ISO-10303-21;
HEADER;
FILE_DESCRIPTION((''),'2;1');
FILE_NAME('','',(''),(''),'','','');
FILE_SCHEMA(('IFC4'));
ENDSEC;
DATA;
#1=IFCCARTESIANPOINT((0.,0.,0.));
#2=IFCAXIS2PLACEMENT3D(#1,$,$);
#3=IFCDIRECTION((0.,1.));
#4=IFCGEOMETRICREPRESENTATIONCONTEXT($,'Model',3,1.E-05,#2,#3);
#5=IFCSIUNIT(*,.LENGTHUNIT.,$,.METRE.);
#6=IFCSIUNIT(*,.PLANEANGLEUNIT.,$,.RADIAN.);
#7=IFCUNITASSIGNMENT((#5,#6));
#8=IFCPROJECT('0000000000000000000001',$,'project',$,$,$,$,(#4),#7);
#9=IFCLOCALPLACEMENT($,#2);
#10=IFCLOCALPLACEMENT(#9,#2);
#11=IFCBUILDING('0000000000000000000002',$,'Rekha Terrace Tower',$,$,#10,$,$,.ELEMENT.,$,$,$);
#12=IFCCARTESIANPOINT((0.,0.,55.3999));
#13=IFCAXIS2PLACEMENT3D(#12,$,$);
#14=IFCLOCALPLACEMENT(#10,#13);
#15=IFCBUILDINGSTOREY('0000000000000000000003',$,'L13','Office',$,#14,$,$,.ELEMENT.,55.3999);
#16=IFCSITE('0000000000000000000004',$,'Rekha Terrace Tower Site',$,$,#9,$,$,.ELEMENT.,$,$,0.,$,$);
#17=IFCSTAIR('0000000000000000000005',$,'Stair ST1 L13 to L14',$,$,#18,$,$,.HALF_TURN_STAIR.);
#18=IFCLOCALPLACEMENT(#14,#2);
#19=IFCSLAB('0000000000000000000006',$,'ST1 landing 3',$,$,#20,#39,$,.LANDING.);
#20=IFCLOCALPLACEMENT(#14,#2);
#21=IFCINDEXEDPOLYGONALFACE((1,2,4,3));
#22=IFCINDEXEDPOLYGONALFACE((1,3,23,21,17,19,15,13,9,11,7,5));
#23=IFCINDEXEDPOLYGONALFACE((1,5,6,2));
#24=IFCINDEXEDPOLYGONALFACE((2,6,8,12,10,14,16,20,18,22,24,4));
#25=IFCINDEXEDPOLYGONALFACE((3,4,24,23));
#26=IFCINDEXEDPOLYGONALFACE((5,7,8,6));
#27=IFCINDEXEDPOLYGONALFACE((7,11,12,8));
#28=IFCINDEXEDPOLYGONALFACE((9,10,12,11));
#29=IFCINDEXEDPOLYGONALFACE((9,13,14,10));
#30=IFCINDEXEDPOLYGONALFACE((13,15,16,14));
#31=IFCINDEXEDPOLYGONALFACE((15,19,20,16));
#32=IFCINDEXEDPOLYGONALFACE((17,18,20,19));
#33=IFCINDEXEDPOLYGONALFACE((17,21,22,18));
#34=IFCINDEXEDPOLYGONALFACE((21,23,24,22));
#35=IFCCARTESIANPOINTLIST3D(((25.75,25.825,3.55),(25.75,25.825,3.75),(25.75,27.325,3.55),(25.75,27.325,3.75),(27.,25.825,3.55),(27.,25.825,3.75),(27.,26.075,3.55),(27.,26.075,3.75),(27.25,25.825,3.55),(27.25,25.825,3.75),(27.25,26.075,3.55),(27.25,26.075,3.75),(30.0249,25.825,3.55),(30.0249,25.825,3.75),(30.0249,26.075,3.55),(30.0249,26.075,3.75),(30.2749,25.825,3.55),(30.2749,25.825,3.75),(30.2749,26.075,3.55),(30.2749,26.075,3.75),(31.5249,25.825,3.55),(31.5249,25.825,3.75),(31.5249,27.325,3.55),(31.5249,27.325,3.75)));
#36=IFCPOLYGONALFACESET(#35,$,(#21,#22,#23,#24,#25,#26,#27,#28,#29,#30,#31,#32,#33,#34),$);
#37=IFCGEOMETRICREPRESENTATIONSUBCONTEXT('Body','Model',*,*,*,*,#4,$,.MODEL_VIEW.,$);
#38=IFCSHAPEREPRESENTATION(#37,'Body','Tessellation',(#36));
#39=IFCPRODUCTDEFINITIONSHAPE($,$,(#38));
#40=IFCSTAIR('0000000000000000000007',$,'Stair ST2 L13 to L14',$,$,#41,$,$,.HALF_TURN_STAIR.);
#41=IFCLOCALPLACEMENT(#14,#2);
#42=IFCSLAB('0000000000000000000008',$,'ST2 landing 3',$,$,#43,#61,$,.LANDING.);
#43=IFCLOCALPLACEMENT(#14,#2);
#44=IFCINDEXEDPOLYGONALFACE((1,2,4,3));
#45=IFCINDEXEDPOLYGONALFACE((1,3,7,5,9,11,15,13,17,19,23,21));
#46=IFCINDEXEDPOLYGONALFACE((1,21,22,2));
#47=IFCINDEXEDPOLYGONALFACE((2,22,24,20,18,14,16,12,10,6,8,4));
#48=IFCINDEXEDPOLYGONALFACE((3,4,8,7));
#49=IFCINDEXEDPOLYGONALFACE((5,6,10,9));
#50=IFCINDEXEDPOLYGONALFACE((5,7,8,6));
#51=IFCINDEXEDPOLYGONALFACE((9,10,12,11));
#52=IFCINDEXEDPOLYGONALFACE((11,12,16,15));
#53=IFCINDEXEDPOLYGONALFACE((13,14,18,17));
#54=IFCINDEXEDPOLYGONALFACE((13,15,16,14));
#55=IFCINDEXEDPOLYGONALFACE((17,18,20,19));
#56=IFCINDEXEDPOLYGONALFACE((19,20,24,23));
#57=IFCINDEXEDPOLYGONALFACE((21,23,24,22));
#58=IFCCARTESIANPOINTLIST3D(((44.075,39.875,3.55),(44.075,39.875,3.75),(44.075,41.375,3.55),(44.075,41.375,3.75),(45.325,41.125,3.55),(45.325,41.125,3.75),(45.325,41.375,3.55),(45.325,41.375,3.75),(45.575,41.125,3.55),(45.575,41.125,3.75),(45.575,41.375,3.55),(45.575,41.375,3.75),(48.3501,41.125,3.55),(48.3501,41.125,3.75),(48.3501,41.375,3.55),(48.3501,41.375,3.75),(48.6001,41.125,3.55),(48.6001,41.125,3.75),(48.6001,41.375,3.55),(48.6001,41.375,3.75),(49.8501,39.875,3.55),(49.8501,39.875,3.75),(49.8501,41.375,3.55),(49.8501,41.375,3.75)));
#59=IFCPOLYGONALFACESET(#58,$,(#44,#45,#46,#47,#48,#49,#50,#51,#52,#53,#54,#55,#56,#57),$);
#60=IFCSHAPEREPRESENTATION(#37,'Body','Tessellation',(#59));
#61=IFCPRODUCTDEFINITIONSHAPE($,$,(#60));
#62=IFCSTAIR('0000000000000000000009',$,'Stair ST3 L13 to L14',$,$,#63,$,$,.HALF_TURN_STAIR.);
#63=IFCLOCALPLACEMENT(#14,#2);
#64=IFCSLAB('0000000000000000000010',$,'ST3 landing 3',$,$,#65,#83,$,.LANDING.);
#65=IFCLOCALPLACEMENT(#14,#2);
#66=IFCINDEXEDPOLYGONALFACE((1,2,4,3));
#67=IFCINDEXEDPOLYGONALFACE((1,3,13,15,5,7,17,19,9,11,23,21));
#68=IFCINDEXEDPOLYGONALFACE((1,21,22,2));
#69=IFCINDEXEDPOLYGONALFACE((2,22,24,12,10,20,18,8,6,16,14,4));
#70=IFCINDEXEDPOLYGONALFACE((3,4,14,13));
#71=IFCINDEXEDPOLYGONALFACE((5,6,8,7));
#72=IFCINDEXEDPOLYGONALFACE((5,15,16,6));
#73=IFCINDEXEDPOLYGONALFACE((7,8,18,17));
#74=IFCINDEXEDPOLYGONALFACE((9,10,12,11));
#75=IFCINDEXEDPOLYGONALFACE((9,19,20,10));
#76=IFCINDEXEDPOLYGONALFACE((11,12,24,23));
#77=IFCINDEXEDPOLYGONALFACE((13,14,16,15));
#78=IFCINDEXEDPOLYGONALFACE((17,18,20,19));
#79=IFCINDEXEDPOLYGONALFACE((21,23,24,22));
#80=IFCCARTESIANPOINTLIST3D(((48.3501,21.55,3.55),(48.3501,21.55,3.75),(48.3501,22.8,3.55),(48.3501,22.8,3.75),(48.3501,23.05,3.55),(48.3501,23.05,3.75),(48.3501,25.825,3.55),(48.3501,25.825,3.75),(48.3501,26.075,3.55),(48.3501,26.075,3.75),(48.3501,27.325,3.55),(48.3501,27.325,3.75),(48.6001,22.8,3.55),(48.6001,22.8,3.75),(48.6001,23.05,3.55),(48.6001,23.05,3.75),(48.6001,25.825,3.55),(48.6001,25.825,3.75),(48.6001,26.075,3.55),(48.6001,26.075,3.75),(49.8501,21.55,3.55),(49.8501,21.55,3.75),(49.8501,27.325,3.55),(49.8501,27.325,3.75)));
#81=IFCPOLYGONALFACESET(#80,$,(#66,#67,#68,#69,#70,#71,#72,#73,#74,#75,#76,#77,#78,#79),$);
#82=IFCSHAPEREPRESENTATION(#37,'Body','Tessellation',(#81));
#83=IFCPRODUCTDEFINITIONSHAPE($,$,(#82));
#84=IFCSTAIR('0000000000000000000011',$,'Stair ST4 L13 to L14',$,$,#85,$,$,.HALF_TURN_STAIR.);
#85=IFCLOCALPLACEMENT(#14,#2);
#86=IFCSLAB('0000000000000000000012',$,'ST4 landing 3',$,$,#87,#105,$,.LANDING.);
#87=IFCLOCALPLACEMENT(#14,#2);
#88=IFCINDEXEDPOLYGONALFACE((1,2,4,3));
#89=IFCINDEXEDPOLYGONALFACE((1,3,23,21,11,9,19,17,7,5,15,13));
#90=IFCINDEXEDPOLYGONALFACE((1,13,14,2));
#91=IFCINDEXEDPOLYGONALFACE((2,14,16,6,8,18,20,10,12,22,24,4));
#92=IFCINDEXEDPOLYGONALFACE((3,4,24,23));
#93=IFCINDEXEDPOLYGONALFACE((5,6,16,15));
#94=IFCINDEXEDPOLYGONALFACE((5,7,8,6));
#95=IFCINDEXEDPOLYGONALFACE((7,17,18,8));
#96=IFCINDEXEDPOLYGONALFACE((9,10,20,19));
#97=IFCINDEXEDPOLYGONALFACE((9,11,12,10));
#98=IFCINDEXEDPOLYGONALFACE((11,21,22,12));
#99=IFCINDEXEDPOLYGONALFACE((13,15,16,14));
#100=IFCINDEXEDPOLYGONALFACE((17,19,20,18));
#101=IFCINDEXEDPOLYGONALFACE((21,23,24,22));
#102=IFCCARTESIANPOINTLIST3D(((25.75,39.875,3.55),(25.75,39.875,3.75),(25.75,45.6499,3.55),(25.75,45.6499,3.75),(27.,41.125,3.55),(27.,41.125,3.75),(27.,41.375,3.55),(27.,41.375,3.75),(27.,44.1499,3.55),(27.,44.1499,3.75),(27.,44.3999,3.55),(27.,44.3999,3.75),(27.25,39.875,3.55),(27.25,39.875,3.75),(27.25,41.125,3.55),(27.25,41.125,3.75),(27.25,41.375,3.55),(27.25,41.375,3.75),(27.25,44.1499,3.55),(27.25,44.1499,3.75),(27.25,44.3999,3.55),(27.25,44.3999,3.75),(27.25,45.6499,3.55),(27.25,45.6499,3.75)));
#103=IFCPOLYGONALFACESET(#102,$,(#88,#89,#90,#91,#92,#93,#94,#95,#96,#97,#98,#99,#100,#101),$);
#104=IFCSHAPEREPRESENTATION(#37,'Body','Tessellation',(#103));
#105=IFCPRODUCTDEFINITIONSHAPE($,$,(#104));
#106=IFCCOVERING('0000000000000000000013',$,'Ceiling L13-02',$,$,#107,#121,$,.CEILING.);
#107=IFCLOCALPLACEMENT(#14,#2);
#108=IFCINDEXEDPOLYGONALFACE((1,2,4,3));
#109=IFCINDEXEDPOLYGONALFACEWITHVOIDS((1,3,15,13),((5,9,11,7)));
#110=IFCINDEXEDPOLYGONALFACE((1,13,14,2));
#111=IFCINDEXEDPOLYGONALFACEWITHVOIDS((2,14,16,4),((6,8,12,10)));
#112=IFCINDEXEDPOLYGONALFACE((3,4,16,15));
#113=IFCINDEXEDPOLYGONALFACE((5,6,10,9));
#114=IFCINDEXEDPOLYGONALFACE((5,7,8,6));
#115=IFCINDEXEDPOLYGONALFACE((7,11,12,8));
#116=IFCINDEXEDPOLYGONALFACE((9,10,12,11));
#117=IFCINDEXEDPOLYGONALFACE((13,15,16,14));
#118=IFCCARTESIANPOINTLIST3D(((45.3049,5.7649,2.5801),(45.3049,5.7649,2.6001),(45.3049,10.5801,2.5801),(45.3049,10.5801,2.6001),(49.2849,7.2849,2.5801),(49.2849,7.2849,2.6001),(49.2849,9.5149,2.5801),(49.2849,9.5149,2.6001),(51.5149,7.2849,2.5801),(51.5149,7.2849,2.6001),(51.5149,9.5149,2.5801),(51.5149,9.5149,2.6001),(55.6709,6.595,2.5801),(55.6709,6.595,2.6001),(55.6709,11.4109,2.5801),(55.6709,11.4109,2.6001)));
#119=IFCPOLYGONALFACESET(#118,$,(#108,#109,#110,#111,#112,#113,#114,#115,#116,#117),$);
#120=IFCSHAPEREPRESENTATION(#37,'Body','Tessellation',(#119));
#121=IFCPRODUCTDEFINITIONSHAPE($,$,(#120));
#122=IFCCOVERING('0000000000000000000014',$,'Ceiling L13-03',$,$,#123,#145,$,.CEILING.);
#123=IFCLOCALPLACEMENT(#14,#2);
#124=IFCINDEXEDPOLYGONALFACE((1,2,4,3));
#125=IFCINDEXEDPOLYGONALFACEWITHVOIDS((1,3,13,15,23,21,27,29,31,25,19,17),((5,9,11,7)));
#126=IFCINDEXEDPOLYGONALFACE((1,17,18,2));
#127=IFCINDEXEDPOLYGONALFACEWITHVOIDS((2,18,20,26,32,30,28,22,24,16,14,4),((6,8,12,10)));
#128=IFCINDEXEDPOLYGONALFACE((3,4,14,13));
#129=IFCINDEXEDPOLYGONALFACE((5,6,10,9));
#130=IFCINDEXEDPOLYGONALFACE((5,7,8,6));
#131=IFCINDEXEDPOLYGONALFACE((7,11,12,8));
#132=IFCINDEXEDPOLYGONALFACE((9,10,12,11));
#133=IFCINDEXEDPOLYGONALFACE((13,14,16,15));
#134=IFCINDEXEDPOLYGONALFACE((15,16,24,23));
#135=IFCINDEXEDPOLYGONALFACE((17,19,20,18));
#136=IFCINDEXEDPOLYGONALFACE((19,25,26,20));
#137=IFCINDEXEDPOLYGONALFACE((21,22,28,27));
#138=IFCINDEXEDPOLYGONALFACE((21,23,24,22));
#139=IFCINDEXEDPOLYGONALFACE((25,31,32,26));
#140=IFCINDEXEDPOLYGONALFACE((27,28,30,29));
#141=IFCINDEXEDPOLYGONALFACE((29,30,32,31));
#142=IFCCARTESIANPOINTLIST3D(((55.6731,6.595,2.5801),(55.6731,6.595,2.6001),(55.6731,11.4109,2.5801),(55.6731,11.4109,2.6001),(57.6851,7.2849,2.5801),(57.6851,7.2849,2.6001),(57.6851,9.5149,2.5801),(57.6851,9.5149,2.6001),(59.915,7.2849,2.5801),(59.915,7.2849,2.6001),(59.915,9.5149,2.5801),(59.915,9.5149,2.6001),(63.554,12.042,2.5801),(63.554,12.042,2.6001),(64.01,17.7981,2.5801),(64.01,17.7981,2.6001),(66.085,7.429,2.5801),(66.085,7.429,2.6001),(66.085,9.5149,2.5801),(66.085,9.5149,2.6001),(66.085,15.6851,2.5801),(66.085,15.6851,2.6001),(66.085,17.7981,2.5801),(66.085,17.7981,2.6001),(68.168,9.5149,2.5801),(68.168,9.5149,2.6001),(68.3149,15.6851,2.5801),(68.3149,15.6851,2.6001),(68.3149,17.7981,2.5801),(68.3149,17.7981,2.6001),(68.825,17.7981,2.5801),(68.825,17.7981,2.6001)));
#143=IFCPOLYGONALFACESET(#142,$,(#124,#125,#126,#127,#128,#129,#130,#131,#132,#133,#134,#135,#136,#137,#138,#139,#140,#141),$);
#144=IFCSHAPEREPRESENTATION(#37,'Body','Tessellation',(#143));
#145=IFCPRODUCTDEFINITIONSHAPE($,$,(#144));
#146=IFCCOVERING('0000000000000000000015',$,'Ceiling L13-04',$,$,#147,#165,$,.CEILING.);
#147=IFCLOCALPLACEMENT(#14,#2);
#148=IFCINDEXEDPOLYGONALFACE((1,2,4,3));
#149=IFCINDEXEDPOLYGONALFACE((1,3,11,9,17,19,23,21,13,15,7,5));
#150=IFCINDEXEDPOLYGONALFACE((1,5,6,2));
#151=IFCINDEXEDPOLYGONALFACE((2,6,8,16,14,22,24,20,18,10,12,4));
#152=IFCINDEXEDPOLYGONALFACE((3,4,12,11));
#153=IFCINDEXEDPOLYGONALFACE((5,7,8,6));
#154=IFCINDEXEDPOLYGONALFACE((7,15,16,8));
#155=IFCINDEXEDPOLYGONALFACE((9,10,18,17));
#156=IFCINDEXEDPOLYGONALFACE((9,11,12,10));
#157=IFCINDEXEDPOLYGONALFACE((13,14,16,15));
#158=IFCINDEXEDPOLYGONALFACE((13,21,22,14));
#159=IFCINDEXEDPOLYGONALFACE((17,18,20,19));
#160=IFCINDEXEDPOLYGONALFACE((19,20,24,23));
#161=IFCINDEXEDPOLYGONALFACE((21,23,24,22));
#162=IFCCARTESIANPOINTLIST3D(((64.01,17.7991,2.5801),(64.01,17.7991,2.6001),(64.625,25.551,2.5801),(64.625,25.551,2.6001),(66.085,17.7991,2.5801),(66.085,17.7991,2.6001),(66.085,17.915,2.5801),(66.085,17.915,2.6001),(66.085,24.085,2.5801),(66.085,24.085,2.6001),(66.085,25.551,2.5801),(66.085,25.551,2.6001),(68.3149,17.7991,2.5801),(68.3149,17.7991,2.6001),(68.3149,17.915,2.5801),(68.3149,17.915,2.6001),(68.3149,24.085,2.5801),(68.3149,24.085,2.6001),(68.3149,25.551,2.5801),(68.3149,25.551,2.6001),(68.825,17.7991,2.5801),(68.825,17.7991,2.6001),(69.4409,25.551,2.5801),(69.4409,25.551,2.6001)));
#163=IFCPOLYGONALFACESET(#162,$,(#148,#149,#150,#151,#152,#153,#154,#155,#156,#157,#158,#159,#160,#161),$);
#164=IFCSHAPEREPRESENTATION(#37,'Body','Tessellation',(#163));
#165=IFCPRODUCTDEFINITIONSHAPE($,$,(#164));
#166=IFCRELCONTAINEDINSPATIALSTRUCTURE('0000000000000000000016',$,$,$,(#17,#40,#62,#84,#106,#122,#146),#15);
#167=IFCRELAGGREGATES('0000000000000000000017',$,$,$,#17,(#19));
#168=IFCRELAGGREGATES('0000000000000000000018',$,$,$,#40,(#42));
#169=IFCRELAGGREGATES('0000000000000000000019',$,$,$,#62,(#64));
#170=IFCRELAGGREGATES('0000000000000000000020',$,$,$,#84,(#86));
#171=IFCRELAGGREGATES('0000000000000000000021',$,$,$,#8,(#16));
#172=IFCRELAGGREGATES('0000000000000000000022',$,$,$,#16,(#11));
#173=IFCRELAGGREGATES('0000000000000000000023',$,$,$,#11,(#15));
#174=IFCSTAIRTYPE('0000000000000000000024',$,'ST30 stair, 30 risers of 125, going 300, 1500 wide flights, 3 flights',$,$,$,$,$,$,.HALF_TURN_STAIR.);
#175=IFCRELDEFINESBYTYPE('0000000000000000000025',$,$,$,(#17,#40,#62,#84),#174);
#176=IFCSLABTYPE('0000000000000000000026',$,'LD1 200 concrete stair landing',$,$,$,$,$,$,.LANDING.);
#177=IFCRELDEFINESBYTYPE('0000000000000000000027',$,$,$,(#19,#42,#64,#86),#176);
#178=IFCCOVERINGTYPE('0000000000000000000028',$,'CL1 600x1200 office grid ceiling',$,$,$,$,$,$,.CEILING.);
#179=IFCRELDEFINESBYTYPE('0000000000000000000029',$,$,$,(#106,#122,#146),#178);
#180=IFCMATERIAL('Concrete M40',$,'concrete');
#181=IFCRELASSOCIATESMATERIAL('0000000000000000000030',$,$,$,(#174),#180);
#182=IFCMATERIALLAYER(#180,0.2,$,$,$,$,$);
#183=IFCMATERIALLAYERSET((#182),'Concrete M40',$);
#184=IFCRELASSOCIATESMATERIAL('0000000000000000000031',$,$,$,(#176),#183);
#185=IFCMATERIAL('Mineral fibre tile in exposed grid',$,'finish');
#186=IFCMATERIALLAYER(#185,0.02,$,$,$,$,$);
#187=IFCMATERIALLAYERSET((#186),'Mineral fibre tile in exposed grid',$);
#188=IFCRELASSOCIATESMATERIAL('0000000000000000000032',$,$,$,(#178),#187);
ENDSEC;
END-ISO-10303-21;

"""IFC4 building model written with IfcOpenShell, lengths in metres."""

from ifc_helpers import new_model, si_unit, direction, frame, origin, place, context, subcontext, project, spatial, polyline, outline, extrude, material, layer, layer_set, type_object, element, aggregate, save


model = new_model("IFC4")

# Units and contexts
model_context = context("Model", 3, precision=1e-05, world=origin(), true_north=direction((0.0, 1.0)))
body_context = subcontext(model_context, "Body", "Model", "MODEL_VIEW")
ifc_project = project(units=[si_unit("LENGTHUNIT", "METRE"), si_unit("PLANEANGLEUNIT", "RADIAN")], contexts=[model_context])

# Site, building, storey
site_placement = place(None, origin())
site = spatial("IfcSite", under=ifc_project, at=site_placement, Name="Rekha Terrace Tower Site", CompositionType="ELEMENT", RefElevation=0.0)
building_placement = place(site_placement, origin())
building = spatial("IfcBuilding", under=site, at=building_placement, Name="Rekha Terrace Tower", CompositionType="ELEMENT")
storey_placement = place(building_placement, frame((0.0, 0.0, 55.3999)))
storey = spatial("IfcBuildingStorey", under=building, at=storey_placement, Name="L13", Description="Office", CompositionType="ELEMENT", Elevation=55.3999)

# Stairs, slabs
ifc_material_1 = material(Name="Concrete M40", Category="concrete")
stair_type = type_object("IfcStairType", Name="ST30 stair, 30 risers of 125, going 300, 1500 wide flights, 3 flights", PredefinedType="HALF_TURN_STAIR", material=ifc_material_1)
stair_1_placement = place(storey_placement, origin())
stair_1 = element("IfcStair", 1, at=stair_1_placement, inside=storey, type_object=stair_type, Name="Stair ST1 L13 to L14", PredefinedType="HALF_TURN_STAIR")
ifc_layer_1 = layer(ifc_material_1, 0.2)
ifc_layer_set_1 = layer_set([ifc_layer_1], Name="Concrete M40")
slab_type = type_object("IfcSlabType", Name="LD1 200 concrete stair landing", PredefinedType="LANDING", material=ifc_layer_set_1)
slab_1_placement = place(storey_placement, frame((0.0, 0.0, 3.55)))
slab_1 = element("IfcSlab", 2, at=slab_1_placement, type_object=slab_type, Name="ST1 landing 3", PredefinedType="LANDING", context=body_context, shape_type="SweptSolid", body=[
    extrude(outline(polyline([(31.5249, 25.825), (31.5249, 27.325), (25.75, 27.325), (25.75, 25.825), (27.0, 25.825), (27.0, 26.075), (27.25, 26.075), (27.25, 25.825), (30.0249, 25.825), (30.0249, 26.075), (30.2749, 26.075), (30.2749, 25.825), (31.5249, 25.825)])), origin(), (0.0, 0.0, 1.0), 0.2),
])
aggregate(stair_1, [slab_1])
stair_2_placement = place(storey_placement, origin())
stair_2 = element("IfcStair", 3, at=stair_2_placement, inside=storey, type_object=stair_type, Name="Stair ST2 L13 to L14", PredefinedType="HALF_TURN_STAIR")
slab_2_placement = place(storey_placement, frame((0.0, 0.0, 3.55)))
slab_2 = element("IfcSlab", 4, at=slab_2_placement, type_object=slab_type, Name="ST2 landing 3", PredefinedType="LANDING", context=body_context, shape_type="SweptSolid", body=[
    extrude(outline(polyline([(44.075, 41.375), (44.075, 39.875), (49.8501, 39.875), (49.8501, 41.375), (48.6001, 41.375), (48.6001, 41.125), (48.3501, 41.125), (48.3501, 41.375), (45.575, 41.375), (45.575, 41.125), (45.325, 41.125), (45.325, 41.375), (44.075, 41.375)])), origin(), (0.0, 0.0, 1.0), 0.2),
])
aggregate(stair_2, [slab_2])
stair_3_placement = place(storey_placement, origin())
stair_3 = element("IfcStair", 5, at=stair_3_placement, inside=storey, type_object=stair_type, Name="Stair ST3 L13 to L14", PredefinedType="HALF_TURN_STAIR")
slab_3_placement = place(storey_placement, frame((0.0, 0.0, 3.55)))
slab_3 = element("IfcSlab", 6, at=slab_3_placement, type_object=slab_type, Name="ST3 landing 3", PredefinedType="LANDING", context=body_context, shape_type="SweptSolid", body=[
    extrude(outline(polyline([(48.3501, 21.55), (49.8501, 21.55), (49.8501, 27.325), (48.3501, 27.325), (48.3501, 26.075), (48.6001, 26.075), (48.6001, 25.825), (48.3501, 25.825), (48.3501, 23.05), (48.6001, 23.05), (48.6001, 22.8), (48.3501, 22.8), (48.3501, 21.55)])), origin(), (0.0, 0.0, 1.0), 0.2),
])
aggregate(stair_3, [slab_3])
stair_4_placement = place(storey_placement, origin())
stair_4 = element("IfcStair", 7, at=stair_4_placement, inside=storey, type_object=stair_type, Name="Stair ST4 L13 to L14", PredefinedType="HALF_TURN_STAIR")
slab_4_placement = place(storey_placement, frame((0.0, 0.0, 3.55)))
slab_4 = element("IfcSlab", 8, at=slab_4_placement, type_object=slab_type, Name="ST4 landing 3", PredefinedType="LANDING", context=body_context, shape_type="SweptSolid", body=[
    extrude(outline(polyline([(27.25, 39.875), (25.75, 39.875), (25.75, 45.6499), (27.25, 45.6499), (27.25, 44.3999), (27.0, 44.3999), (27.0, 44.1499), (27.25, 44.1499), (27.25, 41.375), (27.0, 41.375), (27.0, 41.125), (27.25, 41.125), (27.25, 39.875)])), origin(), (0.0, 0.0, 1.0), 0.2),
])
aggregate(stair_4, [slab_4])

# Coverings
ifc_material_2 = material(Name="Mineral fibre tile in exposed grid", Category="finish")
ifc_layer_2 = layer(ifc_material_2, 0.02)
ifc_layer_set_2 = layer_set([ifc_layer_2], Name="Mineral fibre tile in exposed grid")
covering_type_1 = type_object("IfcCoveringType", Name="CL1 600x1200 office grid ceiling", PredefinedType="CEILING", material=ifc_layer_set_2)
covering_1_placement = place(storey_placement, frame((0.0, 0.0, 2.5801)))
element("IfcCovering", 9, at=covering_1_placement, inside=storey, type_object=covering_type_1, Name="Ceiling L13-02", PredefinedType="CEILING", context=body_context, shape_type="SweptSolid", body=[
    extrude(outline(polyline([(55.6709, 6.595), (55.6709, 11.4109), (45.3049, 10.5801), (45.3049, 5.7649), (55.6709, 6.595)]), holes=[polyline([(51.5149, 7.2849), (49.2849, 7.2849), (49.2849, 9.5149), (51.5149, 9.5149), (51.5149, 7.2849)])]), origin(), (0.0, 0.0, 1.0), 0.02),
])
covering_2_placement = place(storey_placement, frame((0.0, 0.0, 2.5801)))
element("IfcCovering", 10, at=covering_2_placement, inside=storey, type_object=covering_type_1, Name="Ceiling L13-03", PredefinedType="CEILING", context=body_context, shape_type="SweptSolid", body=[
    extrude(outline(polyline([(63.554, 12.042), (55.6731, 11.4109), (55.6731, 6.595), (66.085, 7.429), (66.085, 9.5149), (68.168, 9.5149), (68.825, 17.7981), (68.3149, 17.7981), (68.3149, 15.6851), (66.085, 15.6851), (66.085, 17.7981), (64.01, 17.7981), (63.554, 12.042)]), holes=[polyline([(59.915, 7.2849), (57.6851, 7.2849), (57.6851, 9.5149), (59.915, 9.5149), (59.915, 7.2849)])]), origin(), (0.0, 0.0, 1.0), 0.02),
])
covering_3_placement = place(storey_placement, frame((0.0, 0.0, 2.5801)))
element("IfcCovering", 11, at=covering_3_placement, inside=storey, type_object=covering_type_1, Name="Ceiling L13-04", PredefinedType="CEILING", context=body_context, shape_type="SweptSolid", body=[
    extrude(outline(polyline([(68.3149, 17.915), (68.3149, 17.7991), (68.825, 17.7991), (69.4409, 25.551), (68.3149, 25.551), (68.3149, 24.085), (66.085, 24.085), (66.085, 25.551), (64.625, 25.551), (64.01, 17.7991), (66.085, 17.7991), (66.085, 17.915), (68.3149, 17.915)])), origin(), (0.0, 0.0, 1.0), 0.02),
])

save(model, "model.ifc")
